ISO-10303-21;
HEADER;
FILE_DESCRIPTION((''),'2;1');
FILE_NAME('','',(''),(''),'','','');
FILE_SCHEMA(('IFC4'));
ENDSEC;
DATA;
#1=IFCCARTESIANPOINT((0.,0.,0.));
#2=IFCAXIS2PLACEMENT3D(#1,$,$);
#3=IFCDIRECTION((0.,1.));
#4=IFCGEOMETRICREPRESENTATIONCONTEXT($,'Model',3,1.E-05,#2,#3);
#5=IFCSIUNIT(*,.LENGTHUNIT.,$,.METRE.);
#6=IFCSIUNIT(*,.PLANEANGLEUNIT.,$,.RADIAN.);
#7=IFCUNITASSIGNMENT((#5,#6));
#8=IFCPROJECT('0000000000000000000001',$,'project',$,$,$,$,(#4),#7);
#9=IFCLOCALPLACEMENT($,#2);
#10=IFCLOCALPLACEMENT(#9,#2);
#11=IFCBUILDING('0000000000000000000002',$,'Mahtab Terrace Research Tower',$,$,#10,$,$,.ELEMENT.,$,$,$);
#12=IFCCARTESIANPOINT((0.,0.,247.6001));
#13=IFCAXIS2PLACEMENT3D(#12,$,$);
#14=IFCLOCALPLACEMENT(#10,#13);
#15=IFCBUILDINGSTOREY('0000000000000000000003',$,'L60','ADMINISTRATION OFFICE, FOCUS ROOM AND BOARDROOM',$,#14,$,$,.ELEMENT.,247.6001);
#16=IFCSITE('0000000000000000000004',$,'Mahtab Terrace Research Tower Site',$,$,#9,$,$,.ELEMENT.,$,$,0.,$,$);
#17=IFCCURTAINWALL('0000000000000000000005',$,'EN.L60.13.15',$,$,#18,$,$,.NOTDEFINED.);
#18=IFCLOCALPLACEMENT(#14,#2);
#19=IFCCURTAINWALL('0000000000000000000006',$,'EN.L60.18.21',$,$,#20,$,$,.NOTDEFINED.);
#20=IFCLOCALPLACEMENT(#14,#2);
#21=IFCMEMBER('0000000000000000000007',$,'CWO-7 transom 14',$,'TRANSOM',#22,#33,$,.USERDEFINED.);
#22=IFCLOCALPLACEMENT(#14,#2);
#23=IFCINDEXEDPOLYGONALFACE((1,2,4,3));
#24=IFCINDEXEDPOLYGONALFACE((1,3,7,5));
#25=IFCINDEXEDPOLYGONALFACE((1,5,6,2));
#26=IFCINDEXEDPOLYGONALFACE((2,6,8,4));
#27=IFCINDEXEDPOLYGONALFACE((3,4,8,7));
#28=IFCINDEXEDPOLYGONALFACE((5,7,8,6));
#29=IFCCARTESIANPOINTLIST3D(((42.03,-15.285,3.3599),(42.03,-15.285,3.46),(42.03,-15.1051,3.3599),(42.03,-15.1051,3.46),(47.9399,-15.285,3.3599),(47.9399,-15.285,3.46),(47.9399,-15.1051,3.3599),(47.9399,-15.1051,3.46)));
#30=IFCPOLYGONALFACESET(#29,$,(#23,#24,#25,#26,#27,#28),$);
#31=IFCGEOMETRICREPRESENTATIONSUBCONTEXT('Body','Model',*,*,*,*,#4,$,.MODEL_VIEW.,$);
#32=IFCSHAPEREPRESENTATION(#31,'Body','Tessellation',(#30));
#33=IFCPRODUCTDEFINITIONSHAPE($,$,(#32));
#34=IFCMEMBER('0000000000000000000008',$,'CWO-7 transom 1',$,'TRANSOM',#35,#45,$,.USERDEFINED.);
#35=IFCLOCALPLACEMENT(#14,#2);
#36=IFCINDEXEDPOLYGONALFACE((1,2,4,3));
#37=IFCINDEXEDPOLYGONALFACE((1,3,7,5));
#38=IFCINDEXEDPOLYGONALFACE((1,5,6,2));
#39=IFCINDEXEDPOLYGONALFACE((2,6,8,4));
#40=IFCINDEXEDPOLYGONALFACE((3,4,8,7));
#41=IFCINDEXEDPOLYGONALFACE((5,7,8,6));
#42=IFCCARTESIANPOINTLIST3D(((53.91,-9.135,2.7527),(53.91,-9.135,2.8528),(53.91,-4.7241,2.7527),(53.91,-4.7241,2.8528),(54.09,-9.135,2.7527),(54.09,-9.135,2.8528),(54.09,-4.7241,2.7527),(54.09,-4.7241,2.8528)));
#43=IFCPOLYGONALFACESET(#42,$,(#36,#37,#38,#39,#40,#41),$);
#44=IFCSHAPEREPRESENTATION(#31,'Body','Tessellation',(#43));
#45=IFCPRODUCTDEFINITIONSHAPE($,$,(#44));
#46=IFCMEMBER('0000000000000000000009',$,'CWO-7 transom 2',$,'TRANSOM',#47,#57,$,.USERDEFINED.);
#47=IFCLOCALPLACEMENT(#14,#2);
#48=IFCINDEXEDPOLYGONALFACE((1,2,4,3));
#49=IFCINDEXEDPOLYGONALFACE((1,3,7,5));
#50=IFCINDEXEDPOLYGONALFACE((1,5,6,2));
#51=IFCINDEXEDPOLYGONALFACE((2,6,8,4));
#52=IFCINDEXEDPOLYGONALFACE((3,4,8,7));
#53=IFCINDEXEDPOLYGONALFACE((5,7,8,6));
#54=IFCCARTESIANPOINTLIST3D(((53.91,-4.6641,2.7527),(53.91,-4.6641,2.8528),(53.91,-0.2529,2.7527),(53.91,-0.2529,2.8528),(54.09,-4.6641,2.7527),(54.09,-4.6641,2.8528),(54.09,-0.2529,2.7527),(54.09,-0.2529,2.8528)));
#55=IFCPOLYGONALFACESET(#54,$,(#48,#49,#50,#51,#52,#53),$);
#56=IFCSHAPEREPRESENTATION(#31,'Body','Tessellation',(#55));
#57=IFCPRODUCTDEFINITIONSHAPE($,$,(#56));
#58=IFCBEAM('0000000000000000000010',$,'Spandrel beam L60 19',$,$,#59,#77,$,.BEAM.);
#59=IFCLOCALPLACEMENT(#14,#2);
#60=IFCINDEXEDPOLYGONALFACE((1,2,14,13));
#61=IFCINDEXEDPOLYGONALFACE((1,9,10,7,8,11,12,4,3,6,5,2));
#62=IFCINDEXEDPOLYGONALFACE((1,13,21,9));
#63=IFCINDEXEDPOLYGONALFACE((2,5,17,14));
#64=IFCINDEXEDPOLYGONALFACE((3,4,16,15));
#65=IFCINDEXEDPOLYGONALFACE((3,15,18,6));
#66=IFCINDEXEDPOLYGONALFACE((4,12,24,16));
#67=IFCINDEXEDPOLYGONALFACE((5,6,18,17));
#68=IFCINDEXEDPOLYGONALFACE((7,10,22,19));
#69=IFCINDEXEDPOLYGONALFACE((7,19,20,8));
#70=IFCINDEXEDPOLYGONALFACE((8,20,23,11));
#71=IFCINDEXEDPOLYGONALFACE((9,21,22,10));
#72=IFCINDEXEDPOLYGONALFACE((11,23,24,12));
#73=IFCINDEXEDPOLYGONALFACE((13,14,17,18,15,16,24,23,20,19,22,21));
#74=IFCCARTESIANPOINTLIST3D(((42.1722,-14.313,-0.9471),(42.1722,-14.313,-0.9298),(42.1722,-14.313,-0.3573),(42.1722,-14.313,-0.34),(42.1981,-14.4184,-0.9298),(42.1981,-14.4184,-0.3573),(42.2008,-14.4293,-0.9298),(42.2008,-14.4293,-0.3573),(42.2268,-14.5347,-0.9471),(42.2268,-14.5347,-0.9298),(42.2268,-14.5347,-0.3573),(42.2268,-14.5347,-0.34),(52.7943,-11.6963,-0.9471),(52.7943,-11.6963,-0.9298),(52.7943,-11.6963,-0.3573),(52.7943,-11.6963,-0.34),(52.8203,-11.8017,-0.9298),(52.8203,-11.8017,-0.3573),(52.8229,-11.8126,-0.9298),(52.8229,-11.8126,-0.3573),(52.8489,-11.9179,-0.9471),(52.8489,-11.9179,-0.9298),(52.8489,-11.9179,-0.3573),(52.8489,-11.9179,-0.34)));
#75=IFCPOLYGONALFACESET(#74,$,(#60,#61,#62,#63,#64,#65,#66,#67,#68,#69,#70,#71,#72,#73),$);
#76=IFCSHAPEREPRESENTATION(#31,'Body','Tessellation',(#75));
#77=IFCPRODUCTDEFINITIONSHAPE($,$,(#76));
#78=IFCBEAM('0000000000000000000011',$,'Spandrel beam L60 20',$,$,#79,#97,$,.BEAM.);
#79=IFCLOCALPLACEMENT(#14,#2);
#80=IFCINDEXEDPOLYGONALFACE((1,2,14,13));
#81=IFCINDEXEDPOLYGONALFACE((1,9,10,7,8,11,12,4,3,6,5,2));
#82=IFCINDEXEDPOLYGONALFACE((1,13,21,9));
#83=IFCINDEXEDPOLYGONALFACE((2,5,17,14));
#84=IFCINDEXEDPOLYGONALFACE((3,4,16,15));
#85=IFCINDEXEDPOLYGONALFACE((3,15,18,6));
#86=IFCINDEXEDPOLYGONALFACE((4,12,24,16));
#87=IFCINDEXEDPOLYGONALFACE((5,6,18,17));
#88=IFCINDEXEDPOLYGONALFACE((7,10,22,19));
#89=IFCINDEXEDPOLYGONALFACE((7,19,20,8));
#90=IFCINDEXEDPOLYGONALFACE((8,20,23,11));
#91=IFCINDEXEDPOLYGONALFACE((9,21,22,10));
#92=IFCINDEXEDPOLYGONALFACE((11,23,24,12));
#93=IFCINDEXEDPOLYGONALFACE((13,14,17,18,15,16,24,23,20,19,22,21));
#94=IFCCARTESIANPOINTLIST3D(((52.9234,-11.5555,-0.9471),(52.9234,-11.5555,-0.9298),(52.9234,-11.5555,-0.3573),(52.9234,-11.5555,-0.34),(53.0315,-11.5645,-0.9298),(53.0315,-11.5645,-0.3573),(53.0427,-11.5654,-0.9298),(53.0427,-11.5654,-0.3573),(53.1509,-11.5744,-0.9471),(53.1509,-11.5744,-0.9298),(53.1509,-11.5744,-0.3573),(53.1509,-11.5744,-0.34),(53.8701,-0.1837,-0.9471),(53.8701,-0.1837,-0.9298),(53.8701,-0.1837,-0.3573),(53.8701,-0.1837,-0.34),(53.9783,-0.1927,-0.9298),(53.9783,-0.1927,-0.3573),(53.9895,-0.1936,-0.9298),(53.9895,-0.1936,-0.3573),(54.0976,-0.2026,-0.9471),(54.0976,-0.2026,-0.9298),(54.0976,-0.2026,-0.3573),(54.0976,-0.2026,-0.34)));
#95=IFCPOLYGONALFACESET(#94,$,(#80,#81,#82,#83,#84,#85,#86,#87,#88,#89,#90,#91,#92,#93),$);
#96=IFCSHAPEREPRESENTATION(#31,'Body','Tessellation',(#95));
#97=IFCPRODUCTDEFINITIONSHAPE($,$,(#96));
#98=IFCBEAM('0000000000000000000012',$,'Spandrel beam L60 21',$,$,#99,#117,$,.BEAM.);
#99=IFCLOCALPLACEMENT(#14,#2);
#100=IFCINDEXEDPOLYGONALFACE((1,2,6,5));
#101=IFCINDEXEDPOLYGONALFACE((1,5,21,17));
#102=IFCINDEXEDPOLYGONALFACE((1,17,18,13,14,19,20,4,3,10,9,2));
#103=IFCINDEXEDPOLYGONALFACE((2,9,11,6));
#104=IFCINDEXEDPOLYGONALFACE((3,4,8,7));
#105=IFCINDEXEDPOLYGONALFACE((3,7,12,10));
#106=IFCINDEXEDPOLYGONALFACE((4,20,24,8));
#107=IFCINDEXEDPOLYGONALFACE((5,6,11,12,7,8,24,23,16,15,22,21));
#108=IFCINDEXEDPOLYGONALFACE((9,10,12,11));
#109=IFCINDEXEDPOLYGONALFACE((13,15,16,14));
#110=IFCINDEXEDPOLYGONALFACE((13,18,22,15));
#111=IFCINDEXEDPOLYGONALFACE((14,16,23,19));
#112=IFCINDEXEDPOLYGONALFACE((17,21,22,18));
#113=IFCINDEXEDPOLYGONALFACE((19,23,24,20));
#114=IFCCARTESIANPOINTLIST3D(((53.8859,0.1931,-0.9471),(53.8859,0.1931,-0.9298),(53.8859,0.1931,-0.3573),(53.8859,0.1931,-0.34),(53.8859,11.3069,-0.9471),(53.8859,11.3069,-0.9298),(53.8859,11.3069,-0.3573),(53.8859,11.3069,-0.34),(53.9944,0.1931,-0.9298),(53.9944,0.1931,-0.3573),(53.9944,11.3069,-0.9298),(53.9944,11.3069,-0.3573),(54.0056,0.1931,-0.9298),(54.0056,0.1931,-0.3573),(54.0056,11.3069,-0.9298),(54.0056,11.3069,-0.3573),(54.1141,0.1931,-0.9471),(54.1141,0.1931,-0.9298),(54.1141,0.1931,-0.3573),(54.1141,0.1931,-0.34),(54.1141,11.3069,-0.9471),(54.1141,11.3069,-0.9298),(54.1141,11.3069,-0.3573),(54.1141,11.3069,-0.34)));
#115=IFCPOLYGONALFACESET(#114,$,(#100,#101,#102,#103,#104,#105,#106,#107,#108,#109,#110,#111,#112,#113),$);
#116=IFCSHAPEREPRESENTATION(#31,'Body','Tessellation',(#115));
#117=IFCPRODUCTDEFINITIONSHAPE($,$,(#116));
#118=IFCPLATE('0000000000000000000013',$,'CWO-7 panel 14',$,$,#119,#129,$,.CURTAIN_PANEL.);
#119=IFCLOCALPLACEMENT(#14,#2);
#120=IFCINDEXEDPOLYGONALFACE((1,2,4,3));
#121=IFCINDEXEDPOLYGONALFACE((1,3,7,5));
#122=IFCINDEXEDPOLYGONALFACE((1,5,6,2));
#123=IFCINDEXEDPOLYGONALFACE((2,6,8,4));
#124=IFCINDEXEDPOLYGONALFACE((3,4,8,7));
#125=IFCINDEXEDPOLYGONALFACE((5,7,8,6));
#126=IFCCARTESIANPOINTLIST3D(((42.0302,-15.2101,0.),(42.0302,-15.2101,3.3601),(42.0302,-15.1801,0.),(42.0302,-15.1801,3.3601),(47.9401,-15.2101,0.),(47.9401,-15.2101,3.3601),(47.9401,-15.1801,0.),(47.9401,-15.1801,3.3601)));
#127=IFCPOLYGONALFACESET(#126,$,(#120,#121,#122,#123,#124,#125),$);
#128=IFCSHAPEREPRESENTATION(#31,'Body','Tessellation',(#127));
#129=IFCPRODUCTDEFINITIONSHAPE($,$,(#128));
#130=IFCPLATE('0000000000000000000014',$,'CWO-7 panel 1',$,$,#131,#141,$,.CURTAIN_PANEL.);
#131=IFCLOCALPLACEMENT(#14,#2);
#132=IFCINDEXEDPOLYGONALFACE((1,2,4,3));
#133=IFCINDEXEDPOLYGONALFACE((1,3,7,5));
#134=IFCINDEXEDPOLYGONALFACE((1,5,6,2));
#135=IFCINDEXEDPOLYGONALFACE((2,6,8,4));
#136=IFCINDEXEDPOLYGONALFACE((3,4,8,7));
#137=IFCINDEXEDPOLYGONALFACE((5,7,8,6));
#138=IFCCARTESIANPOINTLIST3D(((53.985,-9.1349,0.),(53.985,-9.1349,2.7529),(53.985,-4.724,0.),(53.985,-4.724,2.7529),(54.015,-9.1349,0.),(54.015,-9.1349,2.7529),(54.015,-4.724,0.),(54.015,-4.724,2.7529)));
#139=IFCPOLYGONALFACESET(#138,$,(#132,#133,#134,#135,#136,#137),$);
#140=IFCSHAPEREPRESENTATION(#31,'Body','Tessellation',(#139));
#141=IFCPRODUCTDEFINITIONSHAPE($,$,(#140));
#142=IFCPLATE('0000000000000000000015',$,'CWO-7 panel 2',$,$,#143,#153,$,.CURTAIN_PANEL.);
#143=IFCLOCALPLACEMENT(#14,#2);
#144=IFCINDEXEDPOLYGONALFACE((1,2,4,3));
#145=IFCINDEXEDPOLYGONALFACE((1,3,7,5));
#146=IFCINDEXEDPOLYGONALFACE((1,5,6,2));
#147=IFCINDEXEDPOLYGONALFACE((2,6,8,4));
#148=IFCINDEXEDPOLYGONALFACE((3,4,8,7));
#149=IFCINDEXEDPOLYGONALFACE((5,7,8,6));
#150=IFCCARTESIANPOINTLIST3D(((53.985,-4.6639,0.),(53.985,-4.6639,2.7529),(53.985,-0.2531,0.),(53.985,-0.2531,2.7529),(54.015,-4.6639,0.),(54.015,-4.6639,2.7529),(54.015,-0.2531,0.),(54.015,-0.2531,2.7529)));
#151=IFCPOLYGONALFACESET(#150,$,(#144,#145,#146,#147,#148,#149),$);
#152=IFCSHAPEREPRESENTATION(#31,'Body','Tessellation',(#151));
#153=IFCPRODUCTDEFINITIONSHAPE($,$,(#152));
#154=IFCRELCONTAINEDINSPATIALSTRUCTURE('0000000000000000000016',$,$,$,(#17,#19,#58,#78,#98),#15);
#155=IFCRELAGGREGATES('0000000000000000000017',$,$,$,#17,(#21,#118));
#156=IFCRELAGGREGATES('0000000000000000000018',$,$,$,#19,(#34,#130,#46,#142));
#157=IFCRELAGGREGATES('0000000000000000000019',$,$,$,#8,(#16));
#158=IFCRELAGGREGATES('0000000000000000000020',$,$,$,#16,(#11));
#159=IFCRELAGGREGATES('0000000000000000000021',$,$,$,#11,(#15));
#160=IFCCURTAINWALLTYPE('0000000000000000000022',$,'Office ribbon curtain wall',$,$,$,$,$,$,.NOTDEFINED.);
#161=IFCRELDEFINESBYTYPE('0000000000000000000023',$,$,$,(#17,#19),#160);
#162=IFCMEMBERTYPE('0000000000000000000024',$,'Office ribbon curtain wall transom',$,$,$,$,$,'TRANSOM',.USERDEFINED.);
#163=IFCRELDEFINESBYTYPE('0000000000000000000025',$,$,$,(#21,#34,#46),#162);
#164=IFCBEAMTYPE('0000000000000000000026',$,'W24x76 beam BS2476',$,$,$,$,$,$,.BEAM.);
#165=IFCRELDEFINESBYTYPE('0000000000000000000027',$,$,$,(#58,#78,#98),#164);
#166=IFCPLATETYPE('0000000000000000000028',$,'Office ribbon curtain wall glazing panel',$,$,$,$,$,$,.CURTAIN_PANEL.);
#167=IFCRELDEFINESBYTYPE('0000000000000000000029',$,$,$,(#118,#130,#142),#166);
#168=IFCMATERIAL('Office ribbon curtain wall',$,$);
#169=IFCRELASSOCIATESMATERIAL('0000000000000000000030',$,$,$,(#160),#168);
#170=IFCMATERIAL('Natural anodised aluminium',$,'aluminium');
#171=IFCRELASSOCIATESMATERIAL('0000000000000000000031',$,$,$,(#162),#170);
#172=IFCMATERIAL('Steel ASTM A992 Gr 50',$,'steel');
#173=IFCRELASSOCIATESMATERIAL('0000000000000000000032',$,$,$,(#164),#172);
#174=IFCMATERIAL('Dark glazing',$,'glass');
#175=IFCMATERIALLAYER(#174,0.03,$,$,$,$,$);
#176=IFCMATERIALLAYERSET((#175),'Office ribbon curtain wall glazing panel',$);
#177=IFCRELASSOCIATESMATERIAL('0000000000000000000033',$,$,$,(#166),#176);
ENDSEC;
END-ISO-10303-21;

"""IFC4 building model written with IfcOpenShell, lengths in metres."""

from ifc_helpers import new_model, si_unit, direction, frame, origin, origin_2d, place, context, subcontext, project, spatial, rectangle, i_section, extrude, material, layer, layer_set, material_profile, profile_set, type_object, element, aggregate, save


model = new_model("IFC4")

# Units and contexts
model_context = context("Model", 3, precision=1e-05, world=origin(), true_north=direction((0.0, 1.0)))
body_context = subcontext(model_context, "Body", "Model", "MODEL_VIEW")
ifc_project = project(units=[si_unit("LENGTHUNIT", "METRE"), si_unit("PLANEANGLEUNIT", "RADIAN")], contexts=[model_context])

# Site, building, storey
site_placement = place(None, origin())
site = spatial("IfcSite", under=ifc_project, at=site_placement, Name="Mahtab Terrace Research Tower Site", CompositionType="ELEMENT", RefElevation=0.0)
building_placement = place(site_placement, origin())
building = spatial("IfcBuilding", under=site, at=building_placement, Name="Mahtab Terrace Research Tower", CompositionType="ELEMENT")
storey_placement = place(building_placement, frame((0.0, 0.0, 247.6001)))
storey = spatial("IfcBuildingStorey", under=building, at=storey_placement, Name="L60", Description="ADMINISTRATION OFFICE, FOCUS ROOM AND BOARDROOM", CompositionType="ELEMENT", Elevation=247.6001)

# Shared definitions
ifc_material_1 = material(Name="Steel ASTM A992 Gr 50", Category="steel")

# Curtain walls
ifc_material_2 = material(Name="Office ribbon curtain wall")
curtain_wall_type = type_object("IfcCurtainWallType", Name="Office ribbon curtain wall", PredefinedType="NOTDEFINED", material=ifc_material_2)
curtain_wall_1_placement = place(storey_placement, origin())
curtain_wall_1 = element("IfcCurtainWall", 1, at=curtain_wall_1_placement, inside=storey, type_object=curtain_wall_type, Name="EN.L60.13.15", PredefinedType="NOTDEFINED")
ifc_material_3 = material(Name="Natural anodised aluminium", Category="aluminium")
curtain_wall_2_placement = place(storey_placement, origin())
curtain_wall_2 = element("IfcCurtainWall", 2, at=curtain_wall_2_placement, inside=storey, type_object=curtain_wall_type, Name="EN.L60.18.21", PredefinedType="NOTDEFINED")

# Members
ifc_material_profile_1 = material_profile(ifc_material_3, rectangle(XDim=0.1799, YDim=0.1001, at=origin_2d()), Name="TRANSOM 100x180")
ifc_profile_set_1 = profile_set([ifc_material_profile_1], Name="Natural anodised aluminium")
member_type_1 = type_object("IfcMemberType", Name="Office ribbon curtain wall transom", ElementType="TRANSOM", PredefinedType="USERDEFINED", material=ifc_profile_set_1)
member_1_placement = place(storey_placement, frame((42.03, -15.1951, 3.4099), z_axis=(1.0, 0.0, 0.0), x_axis=(0.0, 1.0, 0.0)))
member_1 = element("IfcMember", 3, at=member_1_placement, type_object=member_type_1, Name="CWO-7 transom 14", ObjectType="TRANSOM", PredefinedType="USERDEFINED", context=body_context, shape_type="SweptSolid", body=[
    extrude(rectangle(XDim=0.1799, YDim=0.1001, at=origin_2d()), origin(), (0.0, 0.0, 1.0), 5.9099),
])
member_2_placement = place(storey_placement, frame((54.0, -9.135, 2.8027), z_axis=(0.0, 1.0, 0.0), x_axis=(-1.0, 0.0, 0.0)))
member_2 = element("IfcMember", 4, at=member_2_placement, type_object=member_type_1, Name="CWO-7 transom 1", ObjectType="TRANSOM", PredefinedType="USERDEFINED", context=body_context, shape_type="SweptSolid", body=[
    extrude(rectangle(XDim=0.1799, YDim=0.1001, at=origin_2d()), origin(), (0.0, 0.0, 1.0), 4.4109),
])
member_3_placement = place(storey_placement, frame((54.0, -4.6641, 2.8027), z_axis=(0.0, 1.0, 0.0), x_axis=(-1.0, 0.0, 0.0)))
member_3 = element("IfcMember", 5, at=member_3_placement, type_object=member_type_1, Name="CWO-7 transom 2", ObjectType="TRANSOM", PredefinedType="USERDEFINED", context=body_context, shape_type="SweptSolid", body=[
    extrude(rectangle(XDim=0.1799, YDim=0.1001, at=origin_2d()), origin(), (0.0, 0.0, 1.0), 4.4111),
])

# Beams
ifc_material_profile_2 = material_profile(ifc_material_1, i_section(OverallWidth=0.2283, OverallDepth=0.6072, WebThickness=0.0112, FlangeThickness=0.0173, at=origin_2d()), Name="W24X76")
ifc_profile_set_2 = profile_set([ifc_material_profile_2], Name="Steel ASTM A992 Gr 50")
beam_type = type_object("IfcBeamType", Name="W24x76 beam BS2476", PredefinedType="BEAM", material=ifc_profile_set_2)
beam_1_placement = place(storey_placement, frame((42.1995, -14.4238, -0.6436), z_axis=(0.970972, 0.239195, 0.0), x_axis=(-0.239195, 0.970972, 0.0)))
element("IfcBeam", 6, at=beam_1_placement, inside=storey, type_object=beam_type, Name="Spandrel beam L60 19", PredefinedType="BEAM", context=body_context, shape_type="SweptSolid", body=[
    extrude(i_section(OverallWidth=0.2283, OverallDepth=0.6072, WebThickness=0.0112, FlangeThickness=0.0173, at=origin_2d()), origin(), (0.0, 0.0, 1.0), 10.9397),
])
beam_2_placement = place(storey_placement, frame((53.0371, -11.5649, -0.6436), z_axis=(0.082969, 0.996552, 0.0), x_axis=(-0.996552, 0.082969, 0.0)))
element("IfcBeam", 7, at=beam_2_placement, inside=storey, type_object=beam_type, Name="Spandrel beam L60 20", PredefinedType="BEAM", context=body_context, shape_type="SweptSolid", body=[
    extrude(i_section(OverallWidth=0.2283, OverallDepth=0.6072, WebThickness=0.0112, FlangeThickness=0.0173, at=origin_2d()), origin(), (0.0, 0.0, 1.0), 11.4111),
])
beam_3_placement = place(storey_placement, frame((54.0, 0.1931, -0.6436), z_axis=(0.0, 1.0, 0.0), x_axis=(-1.0, 0.0, 0.0)))
element("IfcBeam", 8, at=beam_3_placement, inside=storey, type_object=beam_type, Name="Spandrel beam L60 21", PredefinedType="BEAM", context=body_context, shape_type="SweptSolid", body=[
    extrude(i_section(OverallWidth=0.2283, OverallDepth=0.6072, WebThickness=0.0112, FlangeThickness=0.0173, at=origin_2d()), origin(), (0.0, 0.0, 1.0), 11.1138),
])

# Plates
ifc_material_4 = material(Name="Dark glazing", Category="glass")
ifc_layer_1 = layer(ifc_material_4, 0.03)
ifc_layer_set_1 = layer_set([ifc_layer_1], Name="Office ribbon curtain wall glazing panel")
plate_type = type_object("IfcPlateType", Name="Office ribbon curtain wall glazing panel", PredefinedType="CURTAIN_PANEL", material=ifc_layer_set_1)
plate_1_placement = place(storey_placement, frame((44.9851, -15.1951, 0.0), z_axis=(0.0, 0.0, 1.0), x_axis=(1.0, 0.0, 0.0)))
plate_1 = element("IfcPlate", 9, at=plate_1_placement, type_object=plate_type, Name="CWO-7 panel 14", PredefinedType="CURTAIN_PANEL", context=body_context, shape_type="SweptSolid", body=[
    extrude(rectangle(XDim=5.9099, YDim=0.03, at=origin_2d()), origin(), (0.0, 0.0, 1.0), 3.3601),
])
aggregate(curtain_wall_1, [member_1, plate_1])
plate_2_placement = place(storey_placement, frame((54.0, -6.9294, 0.0), z_axis=(0.0, 0.0, 1.0), x_axis=(0.0, 1.0, 0.0)))
plate_2 = element("IfcPlate", 10, at=plate_2_placement, type_object=plate_type, Name="CWO-7 panel 1", PredefinedType="CURTAIN_PANEL", context=body_context, shape_type="SweptSolid", body=[
    extrude(rectangle(XDim=4.4109, YDim=0.03, at=origin_2d()), origin(), (0.0, 0.0, 1.0), 2.7529),
])
plate_3_placement = place(storey_placement, frame((54.0, -2.4585, 0.0), z_axis=(0.0, 0.0, 1.0), x_axis=(0.0, 1.0, 0.0)))
plate_3 = element("IfcPlate", 11, at=plate_3_placement, type_object=plate_type, Name="CWO-7 panel 2", PredefinedType="CURTAIN_PANEL", context=body_context, shape_type="SweptSolid", body=[
    extrude(rectangle(XDim=4.4109, YDim=0.03, at=origin_2d()), origin(), (0.0, 0.0, 1.0), 2.7529),
])
aggregate(curtain_wall_2, [member_2, plate_2, member_3, plate_3])

save(model, "model.ifc")
